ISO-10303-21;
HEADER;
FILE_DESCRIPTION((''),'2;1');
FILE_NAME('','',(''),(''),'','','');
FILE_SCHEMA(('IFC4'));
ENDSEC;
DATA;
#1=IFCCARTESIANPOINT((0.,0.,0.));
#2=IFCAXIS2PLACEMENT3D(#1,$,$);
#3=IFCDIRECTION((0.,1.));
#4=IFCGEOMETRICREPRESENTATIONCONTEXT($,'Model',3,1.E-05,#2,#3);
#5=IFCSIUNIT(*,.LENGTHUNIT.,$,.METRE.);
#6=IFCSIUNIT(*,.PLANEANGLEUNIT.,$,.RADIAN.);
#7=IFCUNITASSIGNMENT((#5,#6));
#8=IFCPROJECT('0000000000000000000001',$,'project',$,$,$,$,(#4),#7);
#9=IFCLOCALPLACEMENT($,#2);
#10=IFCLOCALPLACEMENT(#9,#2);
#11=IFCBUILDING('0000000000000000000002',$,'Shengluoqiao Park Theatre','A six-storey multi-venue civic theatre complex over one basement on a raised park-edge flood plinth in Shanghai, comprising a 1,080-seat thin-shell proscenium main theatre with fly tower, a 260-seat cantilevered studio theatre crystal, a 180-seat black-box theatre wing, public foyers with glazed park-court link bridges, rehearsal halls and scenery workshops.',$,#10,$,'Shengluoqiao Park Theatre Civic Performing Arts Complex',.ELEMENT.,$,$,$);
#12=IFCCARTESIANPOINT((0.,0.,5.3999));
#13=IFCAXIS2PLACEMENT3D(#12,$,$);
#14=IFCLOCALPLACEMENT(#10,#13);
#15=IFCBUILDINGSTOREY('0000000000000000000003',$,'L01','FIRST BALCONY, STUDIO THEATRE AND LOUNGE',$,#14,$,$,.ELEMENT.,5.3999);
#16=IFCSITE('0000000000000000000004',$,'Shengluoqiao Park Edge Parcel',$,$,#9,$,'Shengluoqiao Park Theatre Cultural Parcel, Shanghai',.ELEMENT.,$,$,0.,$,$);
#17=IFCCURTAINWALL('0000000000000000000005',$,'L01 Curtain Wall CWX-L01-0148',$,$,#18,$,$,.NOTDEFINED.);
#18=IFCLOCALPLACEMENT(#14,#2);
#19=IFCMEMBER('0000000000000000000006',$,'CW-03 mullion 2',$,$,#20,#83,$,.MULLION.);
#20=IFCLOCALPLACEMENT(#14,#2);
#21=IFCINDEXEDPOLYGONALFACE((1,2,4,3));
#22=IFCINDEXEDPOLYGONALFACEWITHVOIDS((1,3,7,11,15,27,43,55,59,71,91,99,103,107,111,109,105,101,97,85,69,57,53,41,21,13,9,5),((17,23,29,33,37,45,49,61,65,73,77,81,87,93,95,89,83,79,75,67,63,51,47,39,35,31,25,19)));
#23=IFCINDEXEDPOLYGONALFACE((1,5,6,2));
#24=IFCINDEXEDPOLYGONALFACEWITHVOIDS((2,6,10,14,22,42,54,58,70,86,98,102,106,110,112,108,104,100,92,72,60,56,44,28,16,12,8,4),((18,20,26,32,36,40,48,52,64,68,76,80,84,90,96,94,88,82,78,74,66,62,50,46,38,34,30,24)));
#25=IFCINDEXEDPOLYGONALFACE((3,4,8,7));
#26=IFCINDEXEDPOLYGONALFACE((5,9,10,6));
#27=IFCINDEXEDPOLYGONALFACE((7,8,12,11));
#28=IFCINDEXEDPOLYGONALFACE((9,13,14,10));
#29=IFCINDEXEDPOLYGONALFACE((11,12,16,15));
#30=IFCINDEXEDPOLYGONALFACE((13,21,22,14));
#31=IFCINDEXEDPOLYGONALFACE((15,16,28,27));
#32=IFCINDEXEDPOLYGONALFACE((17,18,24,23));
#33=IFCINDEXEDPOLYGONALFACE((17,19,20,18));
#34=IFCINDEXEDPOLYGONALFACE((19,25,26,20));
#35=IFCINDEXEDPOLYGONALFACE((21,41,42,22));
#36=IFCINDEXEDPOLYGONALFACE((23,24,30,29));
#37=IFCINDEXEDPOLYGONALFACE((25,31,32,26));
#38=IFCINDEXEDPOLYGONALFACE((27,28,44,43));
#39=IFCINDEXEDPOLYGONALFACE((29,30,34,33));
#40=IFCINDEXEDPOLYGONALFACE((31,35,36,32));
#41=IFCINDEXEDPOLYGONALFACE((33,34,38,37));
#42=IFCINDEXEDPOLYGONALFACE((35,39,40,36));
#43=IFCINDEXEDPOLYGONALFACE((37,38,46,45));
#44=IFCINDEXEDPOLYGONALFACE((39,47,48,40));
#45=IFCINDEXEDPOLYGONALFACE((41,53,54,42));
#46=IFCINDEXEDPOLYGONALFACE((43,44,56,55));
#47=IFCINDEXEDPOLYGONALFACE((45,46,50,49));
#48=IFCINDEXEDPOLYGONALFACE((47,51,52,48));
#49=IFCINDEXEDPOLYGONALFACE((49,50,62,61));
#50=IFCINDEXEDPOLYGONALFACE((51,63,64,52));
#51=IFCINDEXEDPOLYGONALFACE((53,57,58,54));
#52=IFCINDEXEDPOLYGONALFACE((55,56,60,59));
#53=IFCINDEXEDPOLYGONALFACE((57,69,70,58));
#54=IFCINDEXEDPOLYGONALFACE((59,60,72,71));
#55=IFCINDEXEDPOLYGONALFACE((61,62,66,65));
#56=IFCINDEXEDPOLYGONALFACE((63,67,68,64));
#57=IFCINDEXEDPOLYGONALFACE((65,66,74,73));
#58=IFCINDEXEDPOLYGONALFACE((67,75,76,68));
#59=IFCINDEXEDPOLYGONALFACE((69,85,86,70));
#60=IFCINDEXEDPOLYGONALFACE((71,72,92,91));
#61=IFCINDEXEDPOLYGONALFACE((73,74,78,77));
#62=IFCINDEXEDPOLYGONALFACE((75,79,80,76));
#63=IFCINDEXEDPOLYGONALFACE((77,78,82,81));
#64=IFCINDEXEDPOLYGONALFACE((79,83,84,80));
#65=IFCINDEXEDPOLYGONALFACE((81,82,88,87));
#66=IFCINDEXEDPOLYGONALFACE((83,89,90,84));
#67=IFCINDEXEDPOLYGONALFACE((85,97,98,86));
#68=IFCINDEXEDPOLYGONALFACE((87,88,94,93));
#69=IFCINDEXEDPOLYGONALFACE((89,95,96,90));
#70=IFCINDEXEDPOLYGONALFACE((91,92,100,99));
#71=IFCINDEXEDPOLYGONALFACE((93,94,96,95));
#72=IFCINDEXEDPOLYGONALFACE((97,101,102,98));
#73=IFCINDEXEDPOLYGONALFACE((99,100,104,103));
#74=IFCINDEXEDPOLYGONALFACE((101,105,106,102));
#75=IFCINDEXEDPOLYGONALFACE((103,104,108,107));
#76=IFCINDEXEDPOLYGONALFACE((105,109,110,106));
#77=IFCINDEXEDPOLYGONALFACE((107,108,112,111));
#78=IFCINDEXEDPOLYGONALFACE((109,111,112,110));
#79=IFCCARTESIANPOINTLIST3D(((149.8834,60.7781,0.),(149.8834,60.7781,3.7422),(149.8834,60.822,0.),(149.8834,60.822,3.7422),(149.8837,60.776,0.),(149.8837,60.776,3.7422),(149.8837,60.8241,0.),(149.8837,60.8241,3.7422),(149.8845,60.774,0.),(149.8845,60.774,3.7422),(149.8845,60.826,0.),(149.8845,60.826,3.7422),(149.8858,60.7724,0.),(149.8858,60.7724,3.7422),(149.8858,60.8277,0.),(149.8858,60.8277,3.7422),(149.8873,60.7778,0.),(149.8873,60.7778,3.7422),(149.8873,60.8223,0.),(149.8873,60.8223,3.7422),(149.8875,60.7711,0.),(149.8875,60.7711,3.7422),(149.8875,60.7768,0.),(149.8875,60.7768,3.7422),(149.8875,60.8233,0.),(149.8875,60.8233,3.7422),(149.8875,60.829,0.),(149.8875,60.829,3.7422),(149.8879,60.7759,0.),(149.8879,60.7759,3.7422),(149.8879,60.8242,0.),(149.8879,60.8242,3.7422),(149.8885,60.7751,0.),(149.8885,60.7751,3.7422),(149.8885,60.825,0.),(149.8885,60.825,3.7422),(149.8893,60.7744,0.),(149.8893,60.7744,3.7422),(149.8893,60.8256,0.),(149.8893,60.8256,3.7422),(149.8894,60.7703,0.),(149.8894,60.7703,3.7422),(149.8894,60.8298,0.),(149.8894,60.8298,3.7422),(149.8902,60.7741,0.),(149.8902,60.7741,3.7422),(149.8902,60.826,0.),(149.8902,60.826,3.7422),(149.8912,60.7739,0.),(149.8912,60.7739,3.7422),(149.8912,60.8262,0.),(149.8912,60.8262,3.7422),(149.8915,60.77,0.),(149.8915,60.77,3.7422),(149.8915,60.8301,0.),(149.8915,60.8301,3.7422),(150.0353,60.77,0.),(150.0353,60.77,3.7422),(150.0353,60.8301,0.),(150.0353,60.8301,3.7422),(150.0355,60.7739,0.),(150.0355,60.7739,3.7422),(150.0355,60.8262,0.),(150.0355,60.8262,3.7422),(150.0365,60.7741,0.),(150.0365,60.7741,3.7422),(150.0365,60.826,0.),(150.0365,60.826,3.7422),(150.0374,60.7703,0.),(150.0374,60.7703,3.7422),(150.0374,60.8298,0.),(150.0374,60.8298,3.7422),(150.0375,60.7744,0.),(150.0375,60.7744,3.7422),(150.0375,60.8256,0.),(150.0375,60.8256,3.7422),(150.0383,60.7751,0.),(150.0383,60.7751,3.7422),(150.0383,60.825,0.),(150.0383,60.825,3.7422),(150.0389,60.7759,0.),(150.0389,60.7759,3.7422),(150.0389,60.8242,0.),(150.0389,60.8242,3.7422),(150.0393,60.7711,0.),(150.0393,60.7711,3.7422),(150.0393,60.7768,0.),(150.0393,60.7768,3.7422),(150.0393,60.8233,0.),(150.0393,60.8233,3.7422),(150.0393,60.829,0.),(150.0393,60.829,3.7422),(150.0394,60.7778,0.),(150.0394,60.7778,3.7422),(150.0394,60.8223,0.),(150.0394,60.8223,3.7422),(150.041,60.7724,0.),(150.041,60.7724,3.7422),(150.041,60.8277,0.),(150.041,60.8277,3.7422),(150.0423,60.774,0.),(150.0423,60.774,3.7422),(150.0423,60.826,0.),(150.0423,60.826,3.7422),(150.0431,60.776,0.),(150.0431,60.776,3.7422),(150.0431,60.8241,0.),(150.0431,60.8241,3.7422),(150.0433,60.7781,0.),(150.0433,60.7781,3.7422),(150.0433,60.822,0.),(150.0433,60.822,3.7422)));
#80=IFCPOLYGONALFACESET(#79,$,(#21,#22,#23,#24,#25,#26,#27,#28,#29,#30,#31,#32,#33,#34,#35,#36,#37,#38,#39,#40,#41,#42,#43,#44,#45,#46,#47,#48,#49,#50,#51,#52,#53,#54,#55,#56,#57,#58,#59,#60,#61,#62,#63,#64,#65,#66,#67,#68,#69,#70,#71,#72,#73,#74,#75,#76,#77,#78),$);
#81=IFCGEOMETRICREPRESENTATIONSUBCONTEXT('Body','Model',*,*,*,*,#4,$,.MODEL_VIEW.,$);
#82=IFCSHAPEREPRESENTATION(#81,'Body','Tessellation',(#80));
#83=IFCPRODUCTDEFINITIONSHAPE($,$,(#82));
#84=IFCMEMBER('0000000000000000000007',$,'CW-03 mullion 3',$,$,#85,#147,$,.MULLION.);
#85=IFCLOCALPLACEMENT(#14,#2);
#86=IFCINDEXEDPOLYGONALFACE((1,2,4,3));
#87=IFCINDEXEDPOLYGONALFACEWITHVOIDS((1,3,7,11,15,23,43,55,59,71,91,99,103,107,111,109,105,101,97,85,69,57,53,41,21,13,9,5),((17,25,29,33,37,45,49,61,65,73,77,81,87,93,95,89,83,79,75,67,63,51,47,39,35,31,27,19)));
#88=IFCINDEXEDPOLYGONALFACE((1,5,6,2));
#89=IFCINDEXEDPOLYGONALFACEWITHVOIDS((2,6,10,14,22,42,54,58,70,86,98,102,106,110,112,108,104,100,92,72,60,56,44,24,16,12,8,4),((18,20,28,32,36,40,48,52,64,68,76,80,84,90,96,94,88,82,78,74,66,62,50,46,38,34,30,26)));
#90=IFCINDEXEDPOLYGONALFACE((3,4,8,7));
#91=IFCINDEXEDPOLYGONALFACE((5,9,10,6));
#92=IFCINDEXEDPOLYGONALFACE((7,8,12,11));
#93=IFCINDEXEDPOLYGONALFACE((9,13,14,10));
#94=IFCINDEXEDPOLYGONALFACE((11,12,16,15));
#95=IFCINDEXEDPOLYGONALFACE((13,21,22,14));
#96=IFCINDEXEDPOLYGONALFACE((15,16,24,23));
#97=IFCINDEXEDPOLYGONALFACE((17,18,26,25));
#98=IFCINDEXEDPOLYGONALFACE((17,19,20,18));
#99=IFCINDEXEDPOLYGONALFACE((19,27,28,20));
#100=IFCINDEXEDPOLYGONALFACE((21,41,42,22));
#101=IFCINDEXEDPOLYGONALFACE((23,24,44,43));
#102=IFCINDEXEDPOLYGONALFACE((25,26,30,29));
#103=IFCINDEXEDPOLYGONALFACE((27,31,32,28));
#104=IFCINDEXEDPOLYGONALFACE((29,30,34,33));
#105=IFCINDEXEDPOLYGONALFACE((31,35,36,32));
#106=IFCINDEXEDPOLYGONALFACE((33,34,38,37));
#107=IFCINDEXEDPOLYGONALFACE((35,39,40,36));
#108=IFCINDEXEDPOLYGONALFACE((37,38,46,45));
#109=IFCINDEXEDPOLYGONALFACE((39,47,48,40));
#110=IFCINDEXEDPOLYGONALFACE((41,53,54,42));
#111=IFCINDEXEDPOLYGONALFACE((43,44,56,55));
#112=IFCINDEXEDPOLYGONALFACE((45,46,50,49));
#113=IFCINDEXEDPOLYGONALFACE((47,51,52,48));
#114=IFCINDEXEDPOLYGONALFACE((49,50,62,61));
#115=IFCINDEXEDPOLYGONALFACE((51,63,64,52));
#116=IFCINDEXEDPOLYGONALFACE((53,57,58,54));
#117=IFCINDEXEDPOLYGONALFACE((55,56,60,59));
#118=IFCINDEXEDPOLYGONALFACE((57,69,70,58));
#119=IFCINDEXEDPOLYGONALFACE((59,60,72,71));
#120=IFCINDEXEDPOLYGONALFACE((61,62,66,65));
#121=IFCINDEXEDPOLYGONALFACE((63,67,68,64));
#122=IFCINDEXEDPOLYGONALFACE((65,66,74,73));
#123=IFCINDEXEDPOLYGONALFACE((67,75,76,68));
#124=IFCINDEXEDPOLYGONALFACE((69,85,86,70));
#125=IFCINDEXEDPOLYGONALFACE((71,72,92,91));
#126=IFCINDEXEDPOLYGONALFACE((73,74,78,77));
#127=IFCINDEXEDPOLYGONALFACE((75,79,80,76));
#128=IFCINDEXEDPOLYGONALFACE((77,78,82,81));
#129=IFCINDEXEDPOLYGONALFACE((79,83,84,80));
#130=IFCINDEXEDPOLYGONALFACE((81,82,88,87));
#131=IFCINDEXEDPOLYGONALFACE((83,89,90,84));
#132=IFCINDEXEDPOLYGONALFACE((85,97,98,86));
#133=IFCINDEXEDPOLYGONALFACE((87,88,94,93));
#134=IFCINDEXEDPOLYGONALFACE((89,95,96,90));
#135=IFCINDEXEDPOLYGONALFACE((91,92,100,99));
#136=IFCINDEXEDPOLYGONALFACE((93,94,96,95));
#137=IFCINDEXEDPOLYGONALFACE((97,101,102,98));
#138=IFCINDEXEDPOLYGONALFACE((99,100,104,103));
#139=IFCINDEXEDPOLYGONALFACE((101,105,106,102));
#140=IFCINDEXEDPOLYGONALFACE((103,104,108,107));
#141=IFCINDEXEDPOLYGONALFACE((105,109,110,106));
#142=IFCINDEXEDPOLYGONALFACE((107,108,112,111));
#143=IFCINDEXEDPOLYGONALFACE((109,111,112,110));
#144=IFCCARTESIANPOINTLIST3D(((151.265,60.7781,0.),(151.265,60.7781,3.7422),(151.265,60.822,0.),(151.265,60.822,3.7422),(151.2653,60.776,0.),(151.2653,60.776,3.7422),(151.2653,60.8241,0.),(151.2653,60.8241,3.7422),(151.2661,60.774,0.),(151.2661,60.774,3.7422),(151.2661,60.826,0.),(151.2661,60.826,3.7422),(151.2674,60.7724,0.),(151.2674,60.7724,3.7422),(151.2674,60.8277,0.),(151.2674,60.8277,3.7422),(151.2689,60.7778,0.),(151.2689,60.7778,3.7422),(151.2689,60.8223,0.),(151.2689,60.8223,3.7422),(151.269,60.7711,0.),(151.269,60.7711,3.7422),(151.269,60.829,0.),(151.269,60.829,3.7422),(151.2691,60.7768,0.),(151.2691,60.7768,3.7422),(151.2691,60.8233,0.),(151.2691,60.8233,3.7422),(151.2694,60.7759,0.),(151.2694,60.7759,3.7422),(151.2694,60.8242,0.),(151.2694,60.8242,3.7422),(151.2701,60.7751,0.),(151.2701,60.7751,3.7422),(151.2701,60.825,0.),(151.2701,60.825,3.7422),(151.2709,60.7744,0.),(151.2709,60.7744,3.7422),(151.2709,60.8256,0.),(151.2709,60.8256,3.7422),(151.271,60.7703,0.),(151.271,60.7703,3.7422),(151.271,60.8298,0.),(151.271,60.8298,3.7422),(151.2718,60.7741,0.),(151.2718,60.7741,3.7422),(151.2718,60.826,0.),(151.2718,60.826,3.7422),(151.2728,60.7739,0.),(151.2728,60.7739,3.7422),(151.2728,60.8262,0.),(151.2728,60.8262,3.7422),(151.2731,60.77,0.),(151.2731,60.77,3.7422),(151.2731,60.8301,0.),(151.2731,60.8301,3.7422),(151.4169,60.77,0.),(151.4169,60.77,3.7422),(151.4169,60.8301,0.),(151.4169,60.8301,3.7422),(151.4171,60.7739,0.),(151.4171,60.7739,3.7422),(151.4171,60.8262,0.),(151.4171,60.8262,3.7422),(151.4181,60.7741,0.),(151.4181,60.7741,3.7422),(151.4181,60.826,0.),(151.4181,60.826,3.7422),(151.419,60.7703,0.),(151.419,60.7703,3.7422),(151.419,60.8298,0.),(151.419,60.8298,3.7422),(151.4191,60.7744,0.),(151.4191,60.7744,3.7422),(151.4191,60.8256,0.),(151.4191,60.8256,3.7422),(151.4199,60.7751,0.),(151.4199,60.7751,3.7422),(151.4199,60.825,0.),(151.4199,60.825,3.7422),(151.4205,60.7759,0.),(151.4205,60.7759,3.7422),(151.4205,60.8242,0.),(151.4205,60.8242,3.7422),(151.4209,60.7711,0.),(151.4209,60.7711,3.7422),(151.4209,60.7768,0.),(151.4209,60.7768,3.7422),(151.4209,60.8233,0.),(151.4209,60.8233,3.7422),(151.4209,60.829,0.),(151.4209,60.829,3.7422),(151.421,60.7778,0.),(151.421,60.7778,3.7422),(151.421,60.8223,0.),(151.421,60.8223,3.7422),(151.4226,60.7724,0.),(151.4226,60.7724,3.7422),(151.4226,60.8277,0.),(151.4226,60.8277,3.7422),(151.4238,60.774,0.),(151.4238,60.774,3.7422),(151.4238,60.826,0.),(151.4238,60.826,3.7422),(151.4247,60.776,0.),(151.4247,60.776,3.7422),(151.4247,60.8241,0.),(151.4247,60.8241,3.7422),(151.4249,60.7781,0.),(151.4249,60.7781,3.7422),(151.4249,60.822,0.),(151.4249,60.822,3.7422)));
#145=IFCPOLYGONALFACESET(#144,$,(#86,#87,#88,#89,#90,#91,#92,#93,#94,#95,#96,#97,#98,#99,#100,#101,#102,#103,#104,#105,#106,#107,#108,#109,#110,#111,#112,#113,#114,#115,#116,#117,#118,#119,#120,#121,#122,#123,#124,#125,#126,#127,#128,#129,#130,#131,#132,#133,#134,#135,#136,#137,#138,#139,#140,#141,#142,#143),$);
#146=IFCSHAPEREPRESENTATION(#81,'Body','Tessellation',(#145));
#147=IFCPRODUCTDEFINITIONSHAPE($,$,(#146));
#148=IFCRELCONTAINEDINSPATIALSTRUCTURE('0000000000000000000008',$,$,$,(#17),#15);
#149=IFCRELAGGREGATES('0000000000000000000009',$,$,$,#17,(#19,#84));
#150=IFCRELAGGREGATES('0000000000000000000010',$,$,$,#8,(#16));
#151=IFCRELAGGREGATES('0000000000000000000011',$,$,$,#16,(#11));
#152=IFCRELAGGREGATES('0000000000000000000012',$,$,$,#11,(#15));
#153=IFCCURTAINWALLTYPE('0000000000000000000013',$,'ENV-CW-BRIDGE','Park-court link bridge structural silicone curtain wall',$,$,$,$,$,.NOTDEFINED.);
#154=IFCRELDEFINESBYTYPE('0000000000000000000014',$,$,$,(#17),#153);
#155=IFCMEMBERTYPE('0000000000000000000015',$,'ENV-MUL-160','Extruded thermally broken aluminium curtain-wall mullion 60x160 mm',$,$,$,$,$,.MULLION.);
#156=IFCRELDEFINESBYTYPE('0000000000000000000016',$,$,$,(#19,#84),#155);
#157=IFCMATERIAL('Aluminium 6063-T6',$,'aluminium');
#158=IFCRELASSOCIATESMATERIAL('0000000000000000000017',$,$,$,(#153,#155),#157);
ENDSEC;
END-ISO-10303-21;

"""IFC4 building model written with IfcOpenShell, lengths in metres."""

from ifc_helpers import new_model, si_unit, direction, frame, origin, origin_2d, place, context, subcontext, project, spatial, hollow_rectangle, extrude, material, material_profile, profile_set, type_object, element, aggregate, save


model = new_model("IFC4")

# Units and contexts
model_context = context("Model", 3, precision=1e-05, world=origin(), true_north=direction((0.0, 1.0)))
body_context = subcontext(model_context, "Body", "Model", "MODEL_VIEW")
ifc_project = project(units=[si_unit("LENGTHUNIT", "METRE"), si_unit("PLANEANGLEUNIT", "RADIAN")], contexts=[model_context])

# Site, building, storey
site_placement = place(None, origin())
site = spatial("IfcSite", under=ifc_project, at=site_placement, Name="Shengluoqiao Park Edge Parcel", LongName="Shengluoqiao Park Theatre Cultural Parcel, Shanghai", CompositionType="ELEMENT", RefElevation=0.0)
building_placement = place(site_placement, origin())
building = spatial("IfcBuilding", under=site, at=building_placement, Name="Shengluoqiao Park Theatre", Description="A six-storey multi-venue civic theatre complex over one basement on a raised park-edge flood plinth in Shanghai, comprising a 1,080-seat thin-shell proscenium main theatre with fly tower, a 260-seat cantilevered studio theatre crystal, a 180-seat black-box theatre wing, public foyers with glazed park-court link bridges, rehearsal halls and scenery workshops.", LongName="Shengluoqiao Park Theatre Civic Performing Arts Complex", CompositionType="ELEMENT")
storey_placement = place(building_placement, frame((0.0, 0.0, 5.3999)))
storey = spatial("IfcBuildingStorey", under=building, at=storey_placement, Name="L01", Description="FIRST BALCONY, STUDIO THEATRE AND LOUNGE", CompositionType="ELEMENT", Elevation=5.3999)

# Curtain wall, members
ifc_material_1 = material(Name="Aluminium 6063-T6", Category="aluminium")
curtain_wall_type = type_object("IfcCurtainWallType", Name="ENV-CW-BRIDGE", Description="Park-court link bridge structural silicone curtain wall", PredefinedType="NOTDEFINED", material=ifc_material_1)
curtain_wall_placement = place(storey_placement, origin())
curtain_wall = element("IfcCurtainWall", 1, at=curtain_wall_placement, inside=storey, type_object=curtain_wall_type, Name="L01 Curtain Wall CWX-L01-0148", PredefinedType="NOTDEFINED")
ifc_material_profile_1 = material_profile(ifc_material_1, hollow_rectangle(XDim=0.0601, YDim=0.1599, WallThickness=0.0039, InnerFilletRadius=0.0039, OuterFilletRadius=0.0081, at=origin_2d()), Name="ALU MULLION 160x60x4")
ifc_profile_set_1 = profile_set([ifc_material_profile_1], Name="Aluminium 6063-T6")
member_type_1 = type_object("IfcMemberType", Name="ENV-MUL-160", Description="Extruded thermally broken aluminium curtain-wall mullion 60x160 mm", PredefinedType="MULLION", material=ifc_profile_set_1)
member_1_placement = place(storey_placement, frame((149.9634, 60.8, 0.0), z_axis=(0.0, 0.0, 1.0), x_axis=(0.0, 1.0, 0.0)))
member_1 = element("IfcMember", 2, at=member_1_placement, type_object=member_type_1, Name="CW-03 mullion 2", PredefinedType="MULLION", context=body_context, shape_type="SweptSolid", body=[
    extrude(hollow_rectangle(XDim=0.0601, YDim=0.1599, WallThickness=0.0039, InnerFilletRadius=0.0039, OuterFilletRadius=0.0081, at=origin_2d()), origin(), (0.0, 0.0, 1.0), 3.7422),
])
member_2_placement = place(storey_placement, frame((151.345, 60.8, 0.0), z_axis=(0.0, 0.0, 1.0), x_axis=(0.0, 1.0, 0.0)))
member_2 = element("IfcMember", 3, at=member_2_placement, type_object=member_type_1, Name="CW-03 mullion 3", PredefinedType="MULLION", context=body_context, shape_type="SweptSolid", body=[
    extrude(hollow_rectangle(XDim=0.0601, YDim=0.1599, WallThickness=0.0039, InnerFilletRadius=0.0039, OuterFilletRadius=0.0081, at=origin_2d()), origin(), (0.0, 0.0, 1.0), 3.7422),
])

aggregate(curtain_wall, [member_1, member_2])

save(model, "model.ifc")
